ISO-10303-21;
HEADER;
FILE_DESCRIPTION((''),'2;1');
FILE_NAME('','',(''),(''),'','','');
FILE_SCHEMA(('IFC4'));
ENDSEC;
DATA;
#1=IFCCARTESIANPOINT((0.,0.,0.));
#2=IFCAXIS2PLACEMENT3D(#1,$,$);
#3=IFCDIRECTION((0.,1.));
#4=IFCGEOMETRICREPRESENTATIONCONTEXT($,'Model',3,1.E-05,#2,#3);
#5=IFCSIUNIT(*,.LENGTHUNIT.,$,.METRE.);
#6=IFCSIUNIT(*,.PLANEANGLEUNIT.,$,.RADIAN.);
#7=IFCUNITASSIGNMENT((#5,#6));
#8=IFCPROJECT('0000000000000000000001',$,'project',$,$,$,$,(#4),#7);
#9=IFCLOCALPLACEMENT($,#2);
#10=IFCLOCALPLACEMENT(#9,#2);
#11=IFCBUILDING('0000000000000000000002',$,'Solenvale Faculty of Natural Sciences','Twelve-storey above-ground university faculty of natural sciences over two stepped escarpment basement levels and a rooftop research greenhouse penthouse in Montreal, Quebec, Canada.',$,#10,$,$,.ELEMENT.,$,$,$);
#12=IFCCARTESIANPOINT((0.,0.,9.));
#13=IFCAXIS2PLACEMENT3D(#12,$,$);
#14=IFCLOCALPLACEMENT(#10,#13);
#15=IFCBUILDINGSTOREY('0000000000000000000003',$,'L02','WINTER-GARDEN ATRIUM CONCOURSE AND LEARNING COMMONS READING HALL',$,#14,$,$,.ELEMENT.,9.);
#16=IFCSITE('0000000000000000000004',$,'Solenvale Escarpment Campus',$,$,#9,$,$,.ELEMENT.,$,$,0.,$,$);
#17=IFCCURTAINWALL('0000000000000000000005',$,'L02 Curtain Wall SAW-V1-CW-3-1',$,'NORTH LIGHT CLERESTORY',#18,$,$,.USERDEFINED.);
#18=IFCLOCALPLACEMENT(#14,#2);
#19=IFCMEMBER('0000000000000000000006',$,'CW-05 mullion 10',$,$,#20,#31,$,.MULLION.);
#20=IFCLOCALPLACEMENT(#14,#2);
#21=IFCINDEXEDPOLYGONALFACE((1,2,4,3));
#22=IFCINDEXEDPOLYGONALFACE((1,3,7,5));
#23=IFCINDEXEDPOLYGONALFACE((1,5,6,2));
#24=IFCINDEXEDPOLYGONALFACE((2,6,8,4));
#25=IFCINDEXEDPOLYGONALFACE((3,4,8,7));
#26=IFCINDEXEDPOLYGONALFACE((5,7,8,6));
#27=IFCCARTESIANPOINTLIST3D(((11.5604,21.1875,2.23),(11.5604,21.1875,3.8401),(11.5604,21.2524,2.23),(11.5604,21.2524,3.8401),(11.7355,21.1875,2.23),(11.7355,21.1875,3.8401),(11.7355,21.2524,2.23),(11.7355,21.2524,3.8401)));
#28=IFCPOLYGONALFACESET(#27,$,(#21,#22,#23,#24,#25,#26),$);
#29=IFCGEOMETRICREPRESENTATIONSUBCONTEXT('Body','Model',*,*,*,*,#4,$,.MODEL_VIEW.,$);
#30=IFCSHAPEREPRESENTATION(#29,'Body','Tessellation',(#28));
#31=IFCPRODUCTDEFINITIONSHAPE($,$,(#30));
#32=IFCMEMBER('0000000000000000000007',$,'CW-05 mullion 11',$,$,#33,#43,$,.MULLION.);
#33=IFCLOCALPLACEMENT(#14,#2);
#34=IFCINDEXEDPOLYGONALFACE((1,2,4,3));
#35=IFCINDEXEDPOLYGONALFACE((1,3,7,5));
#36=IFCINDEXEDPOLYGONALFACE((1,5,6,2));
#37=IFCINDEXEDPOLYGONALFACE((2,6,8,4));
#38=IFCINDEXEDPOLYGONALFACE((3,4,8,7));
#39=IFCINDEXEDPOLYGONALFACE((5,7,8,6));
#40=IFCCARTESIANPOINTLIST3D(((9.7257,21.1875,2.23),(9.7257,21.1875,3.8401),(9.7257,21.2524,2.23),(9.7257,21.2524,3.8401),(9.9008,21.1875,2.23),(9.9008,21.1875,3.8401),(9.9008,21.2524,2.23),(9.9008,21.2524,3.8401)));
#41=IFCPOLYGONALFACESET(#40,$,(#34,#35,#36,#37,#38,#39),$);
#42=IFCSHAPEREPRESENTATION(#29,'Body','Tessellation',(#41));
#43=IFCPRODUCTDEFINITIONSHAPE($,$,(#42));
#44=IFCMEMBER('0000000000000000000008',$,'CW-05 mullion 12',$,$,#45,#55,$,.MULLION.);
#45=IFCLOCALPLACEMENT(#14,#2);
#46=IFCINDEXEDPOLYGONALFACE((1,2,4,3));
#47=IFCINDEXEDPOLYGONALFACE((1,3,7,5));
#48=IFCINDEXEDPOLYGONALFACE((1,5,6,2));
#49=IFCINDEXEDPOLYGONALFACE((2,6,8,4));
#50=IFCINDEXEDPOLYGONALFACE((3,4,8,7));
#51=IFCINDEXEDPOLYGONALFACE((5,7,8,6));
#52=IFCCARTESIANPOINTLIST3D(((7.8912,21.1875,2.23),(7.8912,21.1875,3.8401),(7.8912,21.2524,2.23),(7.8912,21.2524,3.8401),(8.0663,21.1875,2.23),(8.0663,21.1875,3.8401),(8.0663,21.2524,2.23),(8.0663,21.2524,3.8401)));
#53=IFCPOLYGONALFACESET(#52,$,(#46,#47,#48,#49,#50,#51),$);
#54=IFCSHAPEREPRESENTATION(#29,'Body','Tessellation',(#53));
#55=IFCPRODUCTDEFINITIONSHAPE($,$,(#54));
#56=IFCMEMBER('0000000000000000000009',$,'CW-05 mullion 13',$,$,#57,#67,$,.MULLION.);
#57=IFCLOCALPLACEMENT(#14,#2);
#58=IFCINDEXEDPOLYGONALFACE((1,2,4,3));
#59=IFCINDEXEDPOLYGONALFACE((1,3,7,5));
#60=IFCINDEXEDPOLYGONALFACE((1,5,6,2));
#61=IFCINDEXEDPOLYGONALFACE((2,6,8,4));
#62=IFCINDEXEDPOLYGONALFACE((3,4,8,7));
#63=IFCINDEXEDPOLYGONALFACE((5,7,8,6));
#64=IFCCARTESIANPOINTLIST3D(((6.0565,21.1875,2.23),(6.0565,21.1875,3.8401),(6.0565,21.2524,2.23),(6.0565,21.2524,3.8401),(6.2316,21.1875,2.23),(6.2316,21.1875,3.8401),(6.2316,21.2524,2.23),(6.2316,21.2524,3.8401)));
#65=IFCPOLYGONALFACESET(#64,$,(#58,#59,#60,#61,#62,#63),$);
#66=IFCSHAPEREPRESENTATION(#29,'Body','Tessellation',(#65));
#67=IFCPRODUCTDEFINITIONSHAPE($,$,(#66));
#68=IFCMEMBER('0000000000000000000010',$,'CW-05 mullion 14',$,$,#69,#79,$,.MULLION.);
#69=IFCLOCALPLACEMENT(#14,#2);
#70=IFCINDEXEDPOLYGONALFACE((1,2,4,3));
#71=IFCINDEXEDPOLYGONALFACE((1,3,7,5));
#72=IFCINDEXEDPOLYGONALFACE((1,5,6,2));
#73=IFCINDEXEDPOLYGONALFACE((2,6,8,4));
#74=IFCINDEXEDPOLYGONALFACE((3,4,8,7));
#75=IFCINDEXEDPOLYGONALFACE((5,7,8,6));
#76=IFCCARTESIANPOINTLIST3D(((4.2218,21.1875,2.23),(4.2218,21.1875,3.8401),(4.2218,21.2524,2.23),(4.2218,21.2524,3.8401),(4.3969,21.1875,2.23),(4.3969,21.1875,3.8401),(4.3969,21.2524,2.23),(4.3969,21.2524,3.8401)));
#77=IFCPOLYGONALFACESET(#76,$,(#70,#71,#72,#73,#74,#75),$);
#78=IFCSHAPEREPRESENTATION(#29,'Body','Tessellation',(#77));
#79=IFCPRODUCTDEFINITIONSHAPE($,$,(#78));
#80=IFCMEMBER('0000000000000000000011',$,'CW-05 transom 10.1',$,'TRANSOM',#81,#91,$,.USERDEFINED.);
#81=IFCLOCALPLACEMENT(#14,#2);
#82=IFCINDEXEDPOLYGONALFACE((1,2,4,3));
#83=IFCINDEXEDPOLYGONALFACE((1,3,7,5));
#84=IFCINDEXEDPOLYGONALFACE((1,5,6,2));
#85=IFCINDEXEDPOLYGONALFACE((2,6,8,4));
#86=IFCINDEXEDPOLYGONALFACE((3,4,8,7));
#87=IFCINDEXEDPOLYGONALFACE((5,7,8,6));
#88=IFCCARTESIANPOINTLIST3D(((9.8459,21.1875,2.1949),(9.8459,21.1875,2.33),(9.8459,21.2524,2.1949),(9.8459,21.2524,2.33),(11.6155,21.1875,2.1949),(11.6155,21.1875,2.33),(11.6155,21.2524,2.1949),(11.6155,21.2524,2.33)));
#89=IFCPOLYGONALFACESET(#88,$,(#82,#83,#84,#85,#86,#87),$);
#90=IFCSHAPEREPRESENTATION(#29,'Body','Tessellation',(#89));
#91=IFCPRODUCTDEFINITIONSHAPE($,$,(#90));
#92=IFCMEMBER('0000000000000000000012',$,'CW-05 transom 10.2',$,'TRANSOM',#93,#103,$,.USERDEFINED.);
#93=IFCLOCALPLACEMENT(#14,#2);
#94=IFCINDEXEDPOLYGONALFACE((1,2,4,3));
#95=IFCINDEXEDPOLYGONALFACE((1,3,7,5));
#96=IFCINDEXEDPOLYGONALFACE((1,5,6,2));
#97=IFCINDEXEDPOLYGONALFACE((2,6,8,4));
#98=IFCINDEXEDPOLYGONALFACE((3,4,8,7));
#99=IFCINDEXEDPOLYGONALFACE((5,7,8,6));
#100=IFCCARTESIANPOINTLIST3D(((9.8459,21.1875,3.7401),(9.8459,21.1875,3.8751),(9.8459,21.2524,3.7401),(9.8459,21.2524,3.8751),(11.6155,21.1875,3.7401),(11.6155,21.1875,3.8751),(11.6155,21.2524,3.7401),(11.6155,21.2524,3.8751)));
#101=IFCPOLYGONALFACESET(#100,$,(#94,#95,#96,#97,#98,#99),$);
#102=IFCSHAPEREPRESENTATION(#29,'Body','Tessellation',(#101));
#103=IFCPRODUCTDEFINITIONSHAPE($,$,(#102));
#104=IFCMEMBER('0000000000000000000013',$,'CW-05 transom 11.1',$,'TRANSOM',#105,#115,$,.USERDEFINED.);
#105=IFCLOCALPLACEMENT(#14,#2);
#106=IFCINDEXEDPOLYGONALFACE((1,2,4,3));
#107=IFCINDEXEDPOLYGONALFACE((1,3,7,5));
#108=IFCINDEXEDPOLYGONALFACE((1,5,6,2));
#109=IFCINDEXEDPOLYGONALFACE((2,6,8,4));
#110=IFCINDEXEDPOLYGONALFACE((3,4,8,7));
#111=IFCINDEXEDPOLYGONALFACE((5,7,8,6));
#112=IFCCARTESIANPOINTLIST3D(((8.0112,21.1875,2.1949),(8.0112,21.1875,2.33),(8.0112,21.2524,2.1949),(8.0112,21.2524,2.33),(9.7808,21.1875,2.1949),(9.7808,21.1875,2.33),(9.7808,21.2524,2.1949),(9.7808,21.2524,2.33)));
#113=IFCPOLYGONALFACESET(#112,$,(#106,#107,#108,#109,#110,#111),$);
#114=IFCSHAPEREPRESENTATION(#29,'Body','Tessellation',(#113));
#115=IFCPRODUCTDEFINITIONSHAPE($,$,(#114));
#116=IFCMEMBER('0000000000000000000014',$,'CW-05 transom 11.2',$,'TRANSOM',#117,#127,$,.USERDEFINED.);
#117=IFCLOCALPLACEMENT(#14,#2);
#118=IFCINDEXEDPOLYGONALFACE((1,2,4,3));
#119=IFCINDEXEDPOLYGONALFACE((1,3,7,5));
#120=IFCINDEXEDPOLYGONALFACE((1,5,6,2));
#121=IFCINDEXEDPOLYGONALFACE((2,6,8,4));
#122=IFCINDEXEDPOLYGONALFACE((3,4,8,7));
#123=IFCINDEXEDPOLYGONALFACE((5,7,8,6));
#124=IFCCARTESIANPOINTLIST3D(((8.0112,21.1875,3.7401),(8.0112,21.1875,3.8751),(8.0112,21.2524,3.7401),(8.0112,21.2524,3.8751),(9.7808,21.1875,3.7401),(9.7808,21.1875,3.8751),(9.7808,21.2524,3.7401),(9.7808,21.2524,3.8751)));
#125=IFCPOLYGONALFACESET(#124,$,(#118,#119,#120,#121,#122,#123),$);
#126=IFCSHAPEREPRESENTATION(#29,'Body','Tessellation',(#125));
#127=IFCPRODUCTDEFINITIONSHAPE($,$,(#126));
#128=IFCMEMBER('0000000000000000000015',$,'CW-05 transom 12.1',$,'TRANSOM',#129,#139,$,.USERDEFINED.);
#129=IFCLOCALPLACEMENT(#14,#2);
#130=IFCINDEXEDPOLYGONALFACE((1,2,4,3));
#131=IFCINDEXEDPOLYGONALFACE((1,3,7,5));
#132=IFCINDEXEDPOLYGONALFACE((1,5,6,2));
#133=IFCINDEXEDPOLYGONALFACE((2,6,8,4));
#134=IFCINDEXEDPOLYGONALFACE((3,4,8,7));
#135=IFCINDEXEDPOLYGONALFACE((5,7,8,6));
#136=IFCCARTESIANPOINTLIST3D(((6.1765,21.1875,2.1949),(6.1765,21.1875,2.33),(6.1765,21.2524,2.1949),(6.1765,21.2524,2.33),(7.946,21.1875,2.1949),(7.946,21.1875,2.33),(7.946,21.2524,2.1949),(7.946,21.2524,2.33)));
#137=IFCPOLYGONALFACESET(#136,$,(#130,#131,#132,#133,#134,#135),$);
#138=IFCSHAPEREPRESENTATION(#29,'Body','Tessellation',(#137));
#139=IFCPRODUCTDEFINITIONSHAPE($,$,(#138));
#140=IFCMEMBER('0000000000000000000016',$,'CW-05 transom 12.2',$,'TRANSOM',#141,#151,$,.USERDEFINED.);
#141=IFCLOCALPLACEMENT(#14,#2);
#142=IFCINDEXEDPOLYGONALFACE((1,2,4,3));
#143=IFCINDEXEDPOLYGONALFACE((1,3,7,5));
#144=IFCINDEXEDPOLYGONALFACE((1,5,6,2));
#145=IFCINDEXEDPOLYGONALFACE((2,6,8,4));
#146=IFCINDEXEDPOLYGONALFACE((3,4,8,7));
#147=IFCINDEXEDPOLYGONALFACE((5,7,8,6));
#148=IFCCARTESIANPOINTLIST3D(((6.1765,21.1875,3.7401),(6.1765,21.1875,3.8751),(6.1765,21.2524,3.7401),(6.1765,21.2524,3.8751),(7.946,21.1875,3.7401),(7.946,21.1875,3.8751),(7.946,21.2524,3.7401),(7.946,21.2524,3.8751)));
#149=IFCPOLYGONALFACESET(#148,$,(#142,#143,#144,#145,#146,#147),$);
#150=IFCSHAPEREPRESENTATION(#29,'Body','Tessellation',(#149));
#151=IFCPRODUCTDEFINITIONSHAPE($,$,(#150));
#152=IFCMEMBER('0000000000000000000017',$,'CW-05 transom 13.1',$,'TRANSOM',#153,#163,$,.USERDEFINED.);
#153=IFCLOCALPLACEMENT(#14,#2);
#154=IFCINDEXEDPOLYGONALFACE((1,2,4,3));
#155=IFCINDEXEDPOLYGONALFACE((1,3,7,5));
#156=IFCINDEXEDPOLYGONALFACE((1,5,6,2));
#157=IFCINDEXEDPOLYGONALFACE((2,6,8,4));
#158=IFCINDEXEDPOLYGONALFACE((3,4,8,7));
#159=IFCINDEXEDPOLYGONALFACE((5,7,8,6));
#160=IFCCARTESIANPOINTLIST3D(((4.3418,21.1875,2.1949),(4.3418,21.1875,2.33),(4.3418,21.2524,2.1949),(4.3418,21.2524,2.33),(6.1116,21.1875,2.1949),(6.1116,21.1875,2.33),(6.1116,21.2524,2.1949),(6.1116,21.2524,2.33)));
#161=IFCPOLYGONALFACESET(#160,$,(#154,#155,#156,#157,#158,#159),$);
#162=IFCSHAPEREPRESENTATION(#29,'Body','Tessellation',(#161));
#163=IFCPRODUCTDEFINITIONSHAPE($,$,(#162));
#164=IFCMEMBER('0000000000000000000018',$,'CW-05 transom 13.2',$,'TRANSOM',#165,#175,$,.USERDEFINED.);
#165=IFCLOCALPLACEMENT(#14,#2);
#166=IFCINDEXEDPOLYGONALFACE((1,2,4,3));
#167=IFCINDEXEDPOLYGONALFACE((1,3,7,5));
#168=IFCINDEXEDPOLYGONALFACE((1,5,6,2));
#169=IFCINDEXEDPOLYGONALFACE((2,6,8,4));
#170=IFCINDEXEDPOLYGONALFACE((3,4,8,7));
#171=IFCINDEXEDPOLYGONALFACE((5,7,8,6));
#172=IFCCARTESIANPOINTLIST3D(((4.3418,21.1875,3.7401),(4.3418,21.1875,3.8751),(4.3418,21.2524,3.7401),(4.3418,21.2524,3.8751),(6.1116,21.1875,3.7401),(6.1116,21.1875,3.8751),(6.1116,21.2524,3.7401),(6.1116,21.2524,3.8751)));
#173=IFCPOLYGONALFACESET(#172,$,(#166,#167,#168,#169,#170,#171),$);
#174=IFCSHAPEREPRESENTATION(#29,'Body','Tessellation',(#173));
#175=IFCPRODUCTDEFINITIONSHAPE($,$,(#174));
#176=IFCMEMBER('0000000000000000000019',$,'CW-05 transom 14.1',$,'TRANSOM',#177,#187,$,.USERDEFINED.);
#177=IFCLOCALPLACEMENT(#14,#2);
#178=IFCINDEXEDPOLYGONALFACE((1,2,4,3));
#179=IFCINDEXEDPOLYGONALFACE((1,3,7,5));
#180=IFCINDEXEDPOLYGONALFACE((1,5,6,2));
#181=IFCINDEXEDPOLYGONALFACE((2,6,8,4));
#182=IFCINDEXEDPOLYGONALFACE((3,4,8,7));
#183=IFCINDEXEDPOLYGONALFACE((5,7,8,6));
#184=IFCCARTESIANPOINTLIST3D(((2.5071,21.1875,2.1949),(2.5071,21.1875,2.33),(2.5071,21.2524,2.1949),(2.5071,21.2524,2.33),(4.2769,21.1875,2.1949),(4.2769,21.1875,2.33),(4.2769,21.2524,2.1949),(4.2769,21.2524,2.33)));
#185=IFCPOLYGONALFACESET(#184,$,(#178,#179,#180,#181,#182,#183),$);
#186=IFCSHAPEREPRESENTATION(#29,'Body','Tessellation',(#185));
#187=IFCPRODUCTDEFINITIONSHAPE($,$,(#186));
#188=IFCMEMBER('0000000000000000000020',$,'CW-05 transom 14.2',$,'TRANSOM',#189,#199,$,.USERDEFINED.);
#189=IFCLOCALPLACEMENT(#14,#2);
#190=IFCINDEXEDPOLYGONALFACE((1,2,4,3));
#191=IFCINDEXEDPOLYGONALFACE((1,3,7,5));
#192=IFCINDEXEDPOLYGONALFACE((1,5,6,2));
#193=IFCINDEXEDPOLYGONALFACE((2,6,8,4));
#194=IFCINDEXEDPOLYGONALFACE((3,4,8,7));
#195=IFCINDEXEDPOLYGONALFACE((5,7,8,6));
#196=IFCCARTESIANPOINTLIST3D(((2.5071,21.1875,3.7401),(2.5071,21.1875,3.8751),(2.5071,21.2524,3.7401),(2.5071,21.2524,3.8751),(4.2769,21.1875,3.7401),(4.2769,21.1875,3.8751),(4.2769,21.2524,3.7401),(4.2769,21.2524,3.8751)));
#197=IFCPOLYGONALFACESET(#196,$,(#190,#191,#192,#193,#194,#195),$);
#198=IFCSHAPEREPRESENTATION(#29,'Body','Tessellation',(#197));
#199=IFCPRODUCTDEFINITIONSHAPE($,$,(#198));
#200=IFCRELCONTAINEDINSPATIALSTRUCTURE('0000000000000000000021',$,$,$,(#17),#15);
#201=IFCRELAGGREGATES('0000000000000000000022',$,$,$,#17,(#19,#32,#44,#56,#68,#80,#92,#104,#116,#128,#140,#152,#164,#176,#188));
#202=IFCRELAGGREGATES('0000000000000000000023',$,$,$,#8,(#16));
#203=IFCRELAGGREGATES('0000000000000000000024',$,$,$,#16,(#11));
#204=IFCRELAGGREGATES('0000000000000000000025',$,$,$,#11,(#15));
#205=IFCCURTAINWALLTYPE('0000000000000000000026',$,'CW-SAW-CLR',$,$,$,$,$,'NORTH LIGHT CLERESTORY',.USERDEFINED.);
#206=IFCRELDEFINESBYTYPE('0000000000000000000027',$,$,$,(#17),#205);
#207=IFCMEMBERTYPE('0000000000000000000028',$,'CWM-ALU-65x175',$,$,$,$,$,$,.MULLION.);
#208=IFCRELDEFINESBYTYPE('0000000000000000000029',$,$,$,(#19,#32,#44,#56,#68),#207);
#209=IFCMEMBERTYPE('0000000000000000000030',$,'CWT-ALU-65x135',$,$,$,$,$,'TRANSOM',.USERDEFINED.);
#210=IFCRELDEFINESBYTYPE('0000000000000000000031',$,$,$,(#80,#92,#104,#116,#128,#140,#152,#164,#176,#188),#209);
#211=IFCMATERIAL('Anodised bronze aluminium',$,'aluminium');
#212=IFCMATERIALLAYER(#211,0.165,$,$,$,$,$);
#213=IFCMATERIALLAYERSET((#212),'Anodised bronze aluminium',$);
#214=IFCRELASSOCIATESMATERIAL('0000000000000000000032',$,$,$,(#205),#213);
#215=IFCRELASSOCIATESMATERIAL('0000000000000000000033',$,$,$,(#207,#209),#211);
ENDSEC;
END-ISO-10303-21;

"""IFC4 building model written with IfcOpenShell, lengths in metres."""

from ifc_helpers import new_model, si_unit, direction, frame, origin, origin_2d, place, context, subcontext, project, spatial, rectangle, extrude, material, layer, layer_set, material_profile, profile_set, type_object, element, aggregate, save


model = new_model("IFC4")

# Units and contexts
model_context = context("Model", 3, precision=1e-05, world=origin(), true_north=direction((0.0, 1.0)))
body_context = subcontext(model_context, "Body", "Model", "MODEL_VIEW")
ifc_project = project(units=[si_unit("LENGTHUNIT", "METRE"), si_unit("PLANEANGLEUNIT", "RADIAN")], contexts=[model_context])

# Site, building, storey
site_placement = place(None, origin())
site = spatial("IfcSite", under=ifc_project, at=site_placement, Name="Solenvale Escarpment Campus", CompositionType="ELEMENT", RefElevation=0.0)
building_placement = place(site_placement, origin())
building = spatial("IfcBuilding", under=site, at=building_placement, Name="Solenvale Faculty of Natural Sciences", Description="Twelve-storey above-ground university faculty of natural sciences over two stepped escarpment basement levels and a rooftop research greenhouse penthouse in Montreal, Quebec, Canada.", CompositionType="ELEMENT")
storey_placement = place(building_placement, frame((0.0, 0.0, 9.0)))
storey = spatial("IfcBuildingStorey", under=building, at=storey_placement, Name="L02", Description="WINTER-GARDEN ATRIUM CONCOURSE AND LEARNING COMMONS READING HALL", CompositionType="ELEMENT", Elevation=9.0)

# Curtain wall, members
ifc_material_1 = material(Name="Anodised bronze aluminium", Category="aluminium")
ifc_layer_1 = layer(ifc_material_1, 0.165)
ifc_layer_set_1 = layer_set([ifc_layer_1], Name="Anodised bronze aluminium")
curtain_wall_type = type_object("IfcCurtainWallType", Name="CW-SAW-CLR", ElementType="NORTH LIGHT CLERESTORY", PredefinedType="USERDEFINED", material=ifc_layer_set_1)
curtain_wall_placement = place(storey_placement, origin())
curtain_wall = element("IfcCurtainWall", 1, at=curtain_wall_placement, inside=storey, type_object=curtain_wall_type, Name="L02 Curtain Wall SAW-V1-CW-3-1", ObjectType="NORTH LIGHT CLERESTORY", PredefinedType="USERDEFINED")
ifc_material_profile_1 = material_profile(ifc_material_1, rectangle(XDim=0.0649, YDim=0.175, at=origin_2d()), Name="ALU-MUL-65x175")
ifc_profile_set_1 = profile_set([ifc_material_profile_1], Name="Anodised bronze aluminium")
member_type_1 = type_object("IfcMemberType", Name="CWM-ALU-65x175", PredefinedType="MULLION", material=ifc_profile_set_1)
member_1_placement = place(storey_placement, frame((11.6479, 21.22, 2.23), z_axis=(0.0, 0.0, 1.0), x_axis=(0.0, -1.0, 0.0)))
member_1 = element("IfcMember", 2, at=member_1_placement, type_object=member_type_1, Name="CW-05 mullion 10", PredefinedType="MULLION", context=body_context, shape_type="SweptSolid", body=[
    extrude(rectangle(XDim=0.0649, YDim=0.175, at=origin_2d()), origin(), (0.0, 0.0, 1.0), 1.6101),
])
member_2_placement = place(storey_placement, frame((9.8132, 21.22, 2.23), z_axis=(0.0, 0.0, 1.0), x_axis=(0.0, -1.0, 0.0)))
member_2 = element("IfcMember", 3, at=member_2_placement, type_object=member_type_1, Name="CW-05 mullion 11", PredefinedType="MULLION", context=body_context, shape_type="SweptSolid", body=[
    extrude(rectangle(XDim=0.0649, YDim=0.175, at=origin_2d()), origin(), (0.0, 0.0, 1.0), 1.6101),
])
member_3_placement = place(storey_placement, frame((7.9788, 21.22, 2.23), z_axis=(0.0, 0.0, 1.0), x_axis=(0.0, -1.0, 0.0)))
member_3 = element("IfcMember", 4, at=member_3_placement, type_object=member_type_1, Name="CW-05 mullion 12", PredefinedType="MULLION", context=body_context, shape_type="SweptSolid", body=[
    extrude(rectangle(XDim=0.0649, YDim=0.175, at=origin_2d()), origin(), (0.0, 0.0, 1.0), 1.6101),
])
member_4_placement = place(storey_placement, frame((6.144, 21.22, 2.23), z_axis=(0.0, 0.0, 1.0), x_axis=(0.0, -1.0, 0.0)))
member_4 = element("IfcMember", 5, at=member_4_placement, type_object=member_type_1, Name="CW-05 mullion 13", PredefinedType="MULLION", context=body_context, shape_type="SweptSolid", body=[
    extrude(rectangle(XDim=0.0649, YDim=0.175, at=origin_2d()), origin(), (0.0, 0.0, 1.0), 1.6101),
])
member_5_placement = place(storey_placement, frame((4.3093, 21.22, 2.23), z_axis=(0.0, 0.0, 1.0), x_axis=(0.0, -1.0, 0.0)))
member_5 = element("IfcMember", 6, at=member_5_placement, type_object=member_type_1, Name="CW-05 mullion 14", PredefinedType="MULLION", context=body_context, shape_type="SweptSolid", body=[
    extrude(rectangle(XDim=0.0649, YDim=0.175, at=origin_2d()), origin(), (0.0, 0.0, 1.0), 1.6101),
])
ifc_material_profile_2 = material_profile(ifc_material_1, rectangle(XDim=0.0649, YDim=0.135, at=origin_2d()), Name="ALU-TRN-65x135")
ifc_profile_set_2 = profile_set([ifc_material_profile_2], Name="Anodised bronze aluminium")
member_type_2 = type_object("IfcMemberType", Name="CWT-ALU-65x135", ElementType="TRANSOM", PredefinedType="USERDEFINED", material=ifc_profile_set_2)
member_6_placement = place(storey_placement, frame((11.6155, 21.22, 2.2625), z_axis=(-1.0, 0.0, 0.0), x_axis=(0.0, -1.0, 0.0)))
member_6 = element("IfcMember", 7, at=member_6_placement, type_object=member_type_2, Name="CW-05 transom 10.1", ObjectType="TRANSOM", PredefinedType="USERDEFINED", context=body_context, shape_type="SweptSolid", body=[
    extrude(rectangle(XDim=0.0649, YDim=0.135, at=origin_2d()), origin(), (0.0, 0.0, 1.0), 1.7695),
])
member_7_placement = place(storey_placement, frame((11.6155, 21.22, 3.8076), z_axis=(-1.0, 0.0, 0.0), x_axis=(0.0, -1.0, 0.0)))
member_7 = element("IfcMember", 8, at=member_7_placement, type_object=member_type_2, Name="CW-05 transom 10.2", ObjectType="TRANSOM", PredefinedType="USERDEFINED", context=body_context, shape_type="SweptSolid", body=[
    extrude(rectangle(XDim=0.0649, YDim=0.135, at=origin_2d()), origin(), (0.0, 0.0, 1.0), 1.7695),
])
member_8_placement = place(storey_placement, frame((9.7808, 21.22, 2.2625), z_axis=(-1.0, 0.0, 0.0), x_axis=(0.0, -1.0, 0.0)))
member_8 = element("IfcMember", 9, at=member_8_placement, type_object=member_type_2, Name="CW-05 transom 11.1", ObjectType="TRANSOM", PredefinedType="USERDEFINED", context=body_context, shape_type="SweptSolid", body=[
    extrude(rectangle(XDim=0.0649, YDim=0.135, at=origin_2d()), origin(), (0.0, 0.0, 1.0), 1.7695),
])
member_9_placement = place(storey_placement, frame((9.7808, 21.22, 3.8076), z_axis=(-1.0, 0.0, 0.0), x_axis=(0.0, -1.0, 0.0)))
member_9 = element("IfcMember", 10, at=member_9_placement, type_object=member_type_2, Name="CW-05 transom 11.2", ObjectType="TRANSOM", PredefinedType="USERDEFINED", context=body_context, shape_type="SweptSolid", body=[
    extrude(rectangle(XDim=0.0649, YDim=0.135, at=origin_2d()), origin(), (0.0, 0.0, 1.0), 1.7695),
])
member_10_placement = place(storey_placement, frame((7.946, 21.22, 2.2625), z_axis=(-1.0, 0.0, 0.0), x_axis=(0.0, -1.0, 0.0)))
member_10 = element("IfcMember", 11, at=member_10_placement, type_object=member_type_2, Name="CW-05 transom 12.1", ObjectType="TRANSOM", PredefinedType="USERDEFINED", context=body_context, shape_type="SweptSolid", body=[
    extrude(rectangle(XDim=0.0649, YDim=0.135, at=origin_2d()), origin(), (0.0, 0.0, 1.0), 1.7695),
])
member_11_placement = place(storey_placement, frame((7.946, 21.22, 3.8076), z_axis=(-1.0, 0.0, 0.0), x_axis=(0.0, -1.0, 0.0)))
member_11 = element("IfcMember", 12, at=member_11_placement, type_object=member_type_2, Name="CW-05 transom 12.2", ObjectType="TRANSOM", PredefinedType="USERDEFINED", context=body_context, shape_type="SweptSolid", body=[
    extrude(rectangle(XDim=0.0649, YDim=0.135, at=origin_2d()), origin(), (0.0, 0.0, 1.0), 1.7695),
])
member_12_placement = place(storey_placement, frame((6.1116, 21.22, 2.2625), z_axis=(-1.0, 0.0, 0.0), x_axis=(0.0, -1.0, 0.0)))
member_12 = element("IfcMember", 13, at=member_12_placement, type_object=member_type_2, Name="CW-05 transom 13.1", ObjectType="TRANSOM", PredefinedType="USERDEFINED", context=body_context, shape_type="SweptSolid", body=[
    extrude(rectangle(XDim=0.0649, YDim=0.135, at=origin_2d()), origin(), (0.0, 0.0, 1.0), 1.7698),
])
member_13_placement = place(storey_placement, frame((6.1116, 21.22, 3.8076), z_axis=(-1.0, 0.0, 0.0), x_axis=(0.0, -1.0, 0.0)))
member_13 = element("IfcMember", 14, at=member_13_placement, type_object=member_type_2, Name="CW-05 transom 13.2", ObjectType="TRANSOM", PredefinedType="USERDEFINED", context=body_context, shape_type="SweptSolid", body=[
    extrude(rectangle(XDim=0.0649, YDim=0.135, at=origin_2d()), origin(), (0.0, 0.0, 1.0), 1.7698),
])
member_14_placement = place(storey_placement, frame((4.2769, 21.22, 2.2625), z_axis=(-1.0, 0.0, 0.0), x_axis=(0.0, -1.0, 0.0)))
member_14 = element("IfcMember", 15, at=member_14_placement, type_object=member_type_2, Name="CW-05 transom 14.1", ObjectType="TRANSOM", PredefinedType="USERDEFINED", context=body_context, shape_type="SweptSolid", body=[
    extrude(rectangle(XDim=0.0649, YDim=0.135, at=origin_2d()), origin(), (0.0, 0.0, 1.0), 1.7698),
])
member_15_placement = place(storey_placement, frame((4.2769, 21.22, 3.8076), z_axis=(-1.0, 0.0, 0.0), x_axis=(0.0, -1.0, 0.0)))
member_15 = element("IfcMember", 16, at=member_15_placement, type_object=member_type_2, Name="CW-05 transom 14.2", ObjectType="TRANSOM", PredefinedType="USERDEFINED", context=body_context, shape_type="SweptSolid", body=[
    extrude(rectangle(XDim=0.0649, YDim=0.135, at=origin_2d()), origin(), (0.0, 0.0, 1.0), 1.7698),
])

aggregate(curtain_wall, [member_1, member_2, member_3, member_4, member_5, member_6, member_7, member_8, member_9, member_10, member_11, member_12, member_13, member_14, member_15])

save(model, "model.ifc")
